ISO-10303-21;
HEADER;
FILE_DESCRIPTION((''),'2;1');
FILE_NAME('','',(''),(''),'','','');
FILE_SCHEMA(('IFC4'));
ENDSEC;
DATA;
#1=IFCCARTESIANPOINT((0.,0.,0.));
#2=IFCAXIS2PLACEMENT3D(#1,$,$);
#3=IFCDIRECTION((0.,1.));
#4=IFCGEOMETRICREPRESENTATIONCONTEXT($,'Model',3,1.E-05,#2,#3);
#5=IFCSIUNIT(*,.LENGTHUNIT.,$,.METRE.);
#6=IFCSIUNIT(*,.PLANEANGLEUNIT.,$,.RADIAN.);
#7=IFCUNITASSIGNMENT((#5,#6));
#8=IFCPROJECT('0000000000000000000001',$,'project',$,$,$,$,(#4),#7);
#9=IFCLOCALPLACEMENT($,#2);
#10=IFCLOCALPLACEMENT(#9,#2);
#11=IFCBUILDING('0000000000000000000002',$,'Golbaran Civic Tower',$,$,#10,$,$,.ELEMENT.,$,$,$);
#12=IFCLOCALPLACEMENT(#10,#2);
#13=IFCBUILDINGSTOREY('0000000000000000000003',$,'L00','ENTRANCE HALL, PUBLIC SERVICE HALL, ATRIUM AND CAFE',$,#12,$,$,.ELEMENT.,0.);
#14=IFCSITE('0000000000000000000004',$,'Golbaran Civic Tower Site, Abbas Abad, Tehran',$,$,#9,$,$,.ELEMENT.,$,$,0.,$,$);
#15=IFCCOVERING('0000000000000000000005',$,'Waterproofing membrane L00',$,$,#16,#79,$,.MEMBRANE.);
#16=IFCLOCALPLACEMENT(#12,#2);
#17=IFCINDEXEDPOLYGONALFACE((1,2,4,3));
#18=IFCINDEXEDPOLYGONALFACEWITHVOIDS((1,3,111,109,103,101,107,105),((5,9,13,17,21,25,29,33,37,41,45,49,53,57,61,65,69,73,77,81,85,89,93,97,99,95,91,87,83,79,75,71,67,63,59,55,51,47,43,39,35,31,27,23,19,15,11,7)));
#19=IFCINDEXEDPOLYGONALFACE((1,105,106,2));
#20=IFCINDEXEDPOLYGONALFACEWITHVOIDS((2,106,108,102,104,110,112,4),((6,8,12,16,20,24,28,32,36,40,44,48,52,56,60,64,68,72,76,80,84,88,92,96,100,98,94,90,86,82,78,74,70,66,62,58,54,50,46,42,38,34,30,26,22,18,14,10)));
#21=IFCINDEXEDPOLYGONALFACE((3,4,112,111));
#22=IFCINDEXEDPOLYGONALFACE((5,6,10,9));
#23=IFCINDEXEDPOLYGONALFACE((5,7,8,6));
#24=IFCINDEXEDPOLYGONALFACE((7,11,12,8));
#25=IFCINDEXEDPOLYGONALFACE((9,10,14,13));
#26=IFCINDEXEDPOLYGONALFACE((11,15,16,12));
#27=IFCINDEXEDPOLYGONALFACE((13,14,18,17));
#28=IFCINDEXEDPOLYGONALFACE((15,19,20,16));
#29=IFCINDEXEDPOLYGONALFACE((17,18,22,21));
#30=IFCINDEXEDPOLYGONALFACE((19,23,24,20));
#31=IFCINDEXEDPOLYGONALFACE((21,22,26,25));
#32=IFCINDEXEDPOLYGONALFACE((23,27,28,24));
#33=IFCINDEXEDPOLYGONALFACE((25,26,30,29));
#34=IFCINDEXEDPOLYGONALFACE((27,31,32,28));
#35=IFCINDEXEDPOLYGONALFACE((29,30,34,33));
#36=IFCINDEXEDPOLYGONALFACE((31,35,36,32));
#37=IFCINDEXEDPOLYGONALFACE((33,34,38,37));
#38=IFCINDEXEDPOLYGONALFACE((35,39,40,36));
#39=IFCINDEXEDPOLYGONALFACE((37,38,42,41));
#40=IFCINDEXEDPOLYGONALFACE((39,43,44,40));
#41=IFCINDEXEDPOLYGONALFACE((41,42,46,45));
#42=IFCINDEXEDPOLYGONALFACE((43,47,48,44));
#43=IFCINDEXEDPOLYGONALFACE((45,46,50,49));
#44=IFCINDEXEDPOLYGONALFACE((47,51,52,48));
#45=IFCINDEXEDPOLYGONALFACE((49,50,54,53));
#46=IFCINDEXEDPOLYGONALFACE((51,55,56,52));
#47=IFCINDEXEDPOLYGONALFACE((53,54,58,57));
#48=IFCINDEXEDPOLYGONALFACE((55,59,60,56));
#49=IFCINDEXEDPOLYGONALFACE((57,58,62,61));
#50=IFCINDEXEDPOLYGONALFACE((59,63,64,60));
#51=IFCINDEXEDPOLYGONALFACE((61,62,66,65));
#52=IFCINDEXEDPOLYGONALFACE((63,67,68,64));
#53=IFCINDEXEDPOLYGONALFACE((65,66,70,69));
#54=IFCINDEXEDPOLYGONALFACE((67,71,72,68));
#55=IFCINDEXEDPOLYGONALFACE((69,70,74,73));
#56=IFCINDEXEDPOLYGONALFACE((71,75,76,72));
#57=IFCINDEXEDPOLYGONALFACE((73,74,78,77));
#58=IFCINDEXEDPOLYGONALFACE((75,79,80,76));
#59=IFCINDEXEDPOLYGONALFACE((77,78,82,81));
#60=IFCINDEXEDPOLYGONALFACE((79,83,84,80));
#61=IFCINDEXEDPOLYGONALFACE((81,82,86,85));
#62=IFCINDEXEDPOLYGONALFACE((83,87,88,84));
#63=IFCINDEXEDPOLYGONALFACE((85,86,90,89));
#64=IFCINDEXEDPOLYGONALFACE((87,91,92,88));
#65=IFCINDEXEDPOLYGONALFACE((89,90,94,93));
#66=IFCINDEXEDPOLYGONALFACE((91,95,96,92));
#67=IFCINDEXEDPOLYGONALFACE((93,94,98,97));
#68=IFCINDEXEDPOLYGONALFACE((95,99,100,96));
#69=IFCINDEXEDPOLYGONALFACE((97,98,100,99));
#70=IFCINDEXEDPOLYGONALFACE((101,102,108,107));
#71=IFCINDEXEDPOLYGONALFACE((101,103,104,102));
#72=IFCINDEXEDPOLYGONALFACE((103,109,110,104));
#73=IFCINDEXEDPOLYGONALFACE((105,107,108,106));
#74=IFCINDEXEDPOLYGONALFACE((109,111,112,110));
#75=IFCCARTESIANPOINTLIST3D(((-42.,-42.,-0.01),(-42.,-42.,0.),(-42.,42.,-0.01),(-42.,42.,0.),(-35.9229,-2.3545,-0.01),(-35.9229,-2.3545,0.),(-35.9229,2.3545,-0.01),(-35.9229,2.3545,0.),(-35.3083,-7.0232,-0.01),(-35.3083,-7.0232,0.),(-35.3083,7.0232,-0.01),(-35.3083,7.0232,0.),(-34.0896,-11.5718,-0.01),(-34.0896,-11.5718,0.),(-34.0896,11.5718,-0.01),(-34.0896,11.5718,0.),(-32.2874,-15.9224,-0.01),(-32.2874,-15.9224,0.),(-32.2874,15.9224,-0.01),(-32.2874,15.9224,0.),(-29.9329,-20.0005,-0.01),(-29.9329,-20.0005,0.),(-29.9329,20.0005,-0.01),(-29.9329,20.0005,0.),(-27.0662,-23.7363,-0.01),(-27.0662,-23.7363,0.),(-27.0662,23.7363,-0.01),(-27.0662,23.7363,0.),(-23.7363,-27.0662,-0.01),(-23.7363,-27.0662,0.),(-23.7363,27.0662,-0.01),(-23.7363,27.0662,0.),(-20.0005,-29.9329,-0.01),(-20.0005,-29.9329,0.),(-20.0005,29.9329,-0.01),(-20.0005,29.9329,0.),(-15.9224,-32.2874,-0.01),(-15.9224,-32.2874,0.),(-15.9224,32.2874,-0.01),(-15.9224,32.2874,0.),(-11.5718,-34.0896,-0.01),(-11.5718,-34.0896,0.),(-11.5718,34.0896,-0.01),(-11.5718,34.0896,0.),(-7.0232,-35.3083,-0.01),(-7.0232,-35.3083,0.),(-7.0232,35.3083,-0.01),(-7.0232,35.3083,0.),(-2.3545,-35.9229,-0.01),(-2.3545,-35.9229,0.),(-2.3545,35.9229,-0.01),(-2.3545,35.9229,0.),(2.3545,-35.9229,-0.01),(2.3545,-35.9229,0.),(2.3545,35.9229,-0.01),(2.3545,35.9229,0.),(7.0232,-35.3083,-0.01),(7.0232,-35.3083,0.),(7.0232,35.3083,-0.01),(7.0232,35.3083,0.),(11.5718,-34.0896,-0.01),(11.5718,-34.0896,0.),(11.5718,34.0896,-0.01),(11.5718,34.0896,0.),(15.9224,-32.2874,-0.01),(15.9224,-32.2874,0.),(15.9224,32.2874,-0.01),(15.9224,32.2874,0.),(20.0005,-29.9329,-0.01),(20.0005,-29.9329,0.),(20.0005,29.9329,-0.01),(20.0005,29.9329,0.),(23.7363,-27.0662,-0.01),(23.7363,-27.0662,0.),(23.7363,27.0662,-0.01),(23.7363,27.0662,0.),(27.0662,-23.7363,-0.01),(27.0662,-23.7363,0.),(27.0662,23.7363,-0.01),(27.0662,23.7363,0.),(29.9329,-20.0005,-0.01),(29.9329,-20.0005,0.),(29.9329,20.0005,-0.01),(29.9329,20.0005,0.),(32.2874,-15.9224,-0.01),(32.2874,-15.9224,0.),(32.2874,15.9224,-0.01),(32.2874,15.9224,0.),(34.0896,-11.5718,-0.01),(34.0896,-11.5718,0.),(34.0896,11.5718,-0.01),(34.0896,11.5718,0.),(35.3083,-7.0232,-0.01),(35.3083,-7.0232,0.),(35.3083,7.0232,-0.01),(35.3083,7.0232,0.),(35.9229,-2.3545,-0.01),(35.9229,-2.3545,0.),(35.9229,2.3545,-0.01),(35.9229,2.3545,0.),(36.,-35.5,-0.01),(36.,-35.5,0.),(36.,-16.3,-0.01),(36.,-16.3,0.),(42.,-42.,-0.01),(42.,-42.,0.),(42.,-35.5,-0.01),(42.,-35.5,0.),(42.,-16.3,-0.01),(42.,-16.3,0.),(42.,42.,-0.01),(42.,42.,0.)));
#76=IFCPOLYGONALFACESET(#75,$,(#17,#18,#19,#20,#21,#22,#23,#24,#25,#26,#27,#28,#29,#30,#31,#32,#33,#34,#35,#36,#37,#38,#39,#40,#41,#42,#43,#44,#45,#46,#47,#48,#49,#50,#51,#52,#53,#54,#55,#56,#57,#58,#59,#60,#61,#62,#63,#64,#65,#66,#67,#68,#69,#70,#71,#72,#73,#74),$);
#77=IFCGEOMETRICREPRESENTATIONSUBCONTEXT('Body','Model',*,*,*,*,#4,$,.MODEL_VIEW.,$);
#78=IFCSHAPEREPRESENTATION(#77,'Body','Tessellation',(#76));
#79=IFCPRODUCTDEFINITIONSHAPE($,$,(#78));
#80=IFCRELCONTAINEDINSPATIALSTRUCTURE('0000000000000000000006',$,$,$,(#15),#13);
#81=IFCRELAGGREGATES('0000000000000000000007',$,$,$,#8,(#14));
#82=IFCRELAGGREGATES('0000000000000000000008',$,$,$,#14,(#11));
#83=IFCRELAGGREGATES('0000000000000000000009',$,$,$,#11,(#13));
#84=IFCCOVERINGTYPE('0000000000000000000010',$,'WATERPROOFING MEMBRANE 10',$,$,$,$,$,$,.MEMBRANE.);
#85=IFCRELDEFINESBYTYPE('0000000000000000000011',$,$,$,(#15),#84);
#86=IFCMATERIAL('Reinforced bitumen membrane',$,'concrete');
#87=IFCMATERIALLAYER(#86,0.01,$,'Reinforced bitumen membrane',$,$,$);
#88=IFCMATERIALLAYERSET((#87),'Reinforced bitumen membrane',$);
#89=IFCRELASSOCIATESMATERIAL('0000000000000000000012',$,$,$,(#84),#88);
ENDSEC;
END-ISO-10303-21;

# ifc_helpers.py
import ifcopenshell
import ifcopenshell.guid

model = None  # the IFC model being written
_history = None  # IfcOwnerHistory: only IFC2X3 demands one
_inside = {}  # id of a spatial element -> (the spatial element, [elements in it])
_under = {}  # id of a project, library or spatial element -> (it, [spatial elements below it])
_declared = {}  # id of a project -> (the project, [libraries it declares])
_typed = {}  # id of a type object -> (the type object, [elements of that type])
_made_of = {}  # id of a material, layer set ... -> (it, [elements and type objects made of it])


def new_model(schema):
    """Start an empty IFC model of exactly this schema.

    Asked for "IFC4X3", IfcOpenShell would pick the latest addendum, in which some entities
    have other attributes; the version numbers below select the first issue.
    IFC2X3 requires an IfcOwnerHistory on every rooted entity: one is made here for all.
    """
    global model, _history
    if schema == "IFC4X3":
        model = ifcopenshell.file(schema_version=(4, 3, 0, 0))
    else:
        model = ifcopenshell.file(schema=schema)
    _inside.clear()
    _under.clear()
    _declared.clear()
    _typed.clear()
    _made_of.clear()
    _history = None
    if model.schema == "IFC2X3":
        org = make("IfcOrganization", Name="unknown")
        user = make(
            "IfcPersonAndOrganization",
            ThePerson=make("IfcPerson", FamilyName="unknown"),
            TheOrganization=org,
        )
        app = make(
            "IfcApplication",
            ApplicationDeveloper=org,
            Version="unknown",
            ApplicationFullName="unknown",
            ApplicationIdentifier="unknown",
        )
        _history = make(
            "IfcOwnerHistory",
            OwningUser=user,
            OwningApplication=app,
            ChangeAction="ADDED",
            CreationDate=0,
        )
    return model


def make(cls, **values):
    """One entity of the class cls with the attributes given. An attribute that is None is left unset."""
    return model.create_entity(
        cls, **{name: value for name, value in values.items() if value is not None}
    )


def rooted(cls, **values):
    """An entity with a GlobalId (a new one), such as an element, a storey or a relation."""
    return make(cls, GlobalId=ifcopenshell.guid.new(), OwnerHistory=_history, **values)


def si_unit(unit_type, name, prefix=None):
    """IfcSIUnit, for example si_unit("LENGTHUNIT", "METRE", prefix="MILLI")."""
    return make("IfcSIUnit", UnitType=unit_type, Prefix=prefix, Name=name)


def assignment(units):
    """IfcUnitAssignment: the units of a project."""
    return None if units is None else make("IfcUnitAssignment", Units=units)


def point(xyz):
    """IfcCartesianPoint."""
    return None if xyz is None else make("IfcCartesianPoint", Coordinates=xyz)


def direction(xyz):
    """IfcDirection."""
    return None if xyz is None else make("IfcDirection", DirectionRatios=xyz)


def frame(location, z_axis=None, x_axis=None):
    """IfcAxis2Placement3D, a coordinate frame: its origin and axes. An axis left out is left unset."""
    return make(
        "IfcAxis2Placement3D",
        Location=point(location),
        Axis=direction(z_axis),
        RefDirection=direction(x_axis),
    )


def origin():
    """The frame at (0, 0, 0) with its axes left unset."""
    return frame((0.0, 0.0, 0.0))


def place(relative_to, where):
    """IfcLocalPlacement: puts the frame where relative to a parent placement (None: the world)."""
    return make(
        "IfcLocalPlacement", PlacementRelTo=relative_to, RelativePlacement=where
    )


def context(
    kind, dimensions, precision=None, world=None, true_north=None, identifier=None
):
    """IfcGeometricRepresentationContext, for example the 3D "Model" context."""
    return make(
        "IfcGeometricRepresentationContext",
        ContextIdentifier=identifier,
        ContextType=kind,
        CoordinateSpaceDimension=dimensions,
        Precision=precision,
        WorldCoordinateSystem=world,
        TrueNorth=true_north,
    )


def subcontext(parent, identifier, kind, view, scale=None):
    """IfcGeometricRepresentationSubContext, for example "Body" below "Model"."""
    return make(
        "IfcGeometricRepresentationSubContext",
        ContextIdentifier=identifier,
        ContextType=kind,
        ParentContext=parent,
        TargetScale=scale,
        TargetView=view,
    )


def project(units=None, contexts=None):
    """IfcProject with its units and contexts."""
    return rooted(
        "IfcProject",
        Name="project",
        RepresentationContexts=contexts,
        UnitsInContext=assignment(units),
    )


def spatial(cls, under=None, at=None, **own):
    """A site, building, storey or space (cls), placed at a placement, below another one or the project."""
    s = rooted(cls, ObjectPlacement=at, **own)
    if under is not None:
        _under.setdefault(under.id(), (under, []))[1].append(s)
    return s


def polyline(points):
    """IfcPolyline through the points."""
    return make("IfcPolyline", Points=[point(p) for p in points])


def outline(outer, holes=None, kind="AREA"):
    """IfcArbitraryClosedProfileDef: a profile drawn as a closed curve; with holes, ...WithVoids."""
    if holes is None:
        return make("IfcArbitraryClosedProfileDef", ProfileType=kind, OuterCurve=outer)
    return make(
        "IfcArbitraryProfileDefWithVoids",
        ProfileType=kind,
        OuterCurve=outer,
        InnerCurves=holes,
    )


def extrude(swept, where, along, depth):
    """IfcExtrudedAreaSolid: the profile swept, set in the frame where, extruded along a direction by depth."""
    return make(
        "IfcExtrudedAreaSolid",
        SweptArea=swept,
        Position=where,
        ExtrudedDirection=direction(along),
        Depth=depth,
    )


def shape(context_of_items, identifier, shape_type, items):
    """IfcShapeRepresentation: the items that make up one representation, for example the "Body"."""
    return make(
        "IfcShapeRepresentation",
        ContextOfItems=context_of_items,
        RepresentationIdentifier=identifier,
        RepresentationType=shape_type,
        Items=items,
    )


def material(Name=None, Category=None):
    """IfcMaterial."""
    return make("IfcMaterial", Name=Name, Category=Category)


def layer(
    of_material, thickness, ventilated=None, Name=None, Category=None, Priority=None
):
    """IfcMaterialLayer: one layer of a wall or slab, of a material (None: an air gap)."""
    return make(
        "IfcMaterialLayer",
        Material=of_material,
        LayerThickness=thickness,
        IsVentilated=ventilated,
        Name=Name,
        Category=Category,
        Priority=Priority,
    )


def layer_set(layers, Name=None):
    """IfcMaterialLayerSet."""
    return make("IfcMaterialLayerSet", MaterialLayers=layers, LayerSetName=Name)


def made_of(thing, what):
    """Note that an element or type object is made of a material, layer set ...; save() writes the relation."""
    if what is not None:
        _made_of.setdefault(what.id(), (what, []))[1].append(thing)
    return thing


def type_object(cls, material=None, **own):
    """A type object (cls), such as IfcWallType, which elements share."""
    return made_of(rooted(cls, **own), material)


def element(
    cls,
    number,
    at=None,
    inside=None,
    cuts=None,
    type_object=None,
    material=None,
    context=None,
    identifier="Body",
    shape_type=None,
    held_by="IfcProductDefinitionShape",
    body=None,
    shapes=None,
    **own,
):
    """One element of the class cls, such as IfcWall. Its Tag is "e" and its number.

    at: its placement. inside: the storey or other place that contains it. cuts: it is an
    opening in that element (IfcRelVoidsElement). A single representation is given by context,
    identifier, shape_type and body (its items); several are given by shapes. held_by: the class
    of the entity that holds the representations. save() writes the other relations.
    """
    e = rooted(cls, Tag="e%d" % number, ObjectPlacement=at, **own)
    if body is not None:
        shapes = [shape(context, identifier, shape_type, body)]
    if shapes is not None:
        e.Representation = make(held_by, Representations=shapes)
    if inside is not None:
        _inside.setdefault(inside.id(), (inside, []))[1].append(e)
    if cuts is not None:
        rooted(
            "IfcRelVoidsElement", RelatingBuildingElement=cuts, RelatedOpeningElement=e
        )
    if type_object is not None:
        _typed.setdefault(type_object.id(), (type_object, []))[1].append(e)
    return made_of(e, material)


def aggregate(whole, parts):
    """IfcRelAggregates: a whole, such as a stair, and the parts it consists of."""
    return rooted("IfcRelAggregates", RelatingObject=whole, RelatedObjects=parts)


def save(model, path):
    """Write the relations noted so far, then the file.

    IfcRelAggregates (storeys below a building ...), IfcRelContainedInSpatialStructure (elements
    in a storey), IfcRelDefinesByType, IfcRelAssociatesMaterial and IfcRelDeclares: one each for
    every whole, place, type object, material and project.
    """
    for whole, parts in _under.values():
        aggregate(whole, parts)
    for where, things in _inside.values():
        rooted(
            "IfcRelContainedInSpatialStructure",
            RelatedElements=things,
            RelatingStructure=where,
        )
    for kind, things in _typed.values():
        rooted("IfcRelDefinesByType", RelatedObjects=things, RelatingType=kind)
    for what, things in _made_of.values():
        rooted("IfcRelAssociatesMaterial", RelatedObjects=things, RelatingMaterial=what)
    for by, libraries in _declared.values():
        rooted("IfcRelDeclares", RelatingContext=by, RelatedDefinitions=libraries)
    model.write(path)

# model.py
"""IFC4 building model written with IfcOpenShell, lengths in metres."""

from ifc_helpers import new_model, si_unit, direction, frame, origin, place, context, subcontext, project, spatial, polyline, outline, extrude, material, layer, layer_set, type_object, element, save


model = new_model("IFC4")

# Units and contexts
model_context = context("Model", 3, precision=1e-05, world=origin(), true_north=direction((0.0, 1.0)))
body_context = subcontext(model_context, "Body", "Model", "MODEL_VIEW")
ifc_project = project(units=[si_unit("LENGTHUNIT", "METRE"), si_unit("PLANEANGLEUNIT", "RADIAN")], contexts=[model_context])

# Site, building, storey
site_placement = place(None, origin())
site = spatial("IfcSite", under=ifc_project, at=site_placement, Name="Golbaran Civic Tower Site, Abbas Abad, Tehran", CompositionType="ELEMENT", RefElevation=0.0)
building_placement = place(site_placement, origin())
building = spatial("IfcBuilding", under=site, at=building_placement, Name="Golbaran Civic Tower", CompositionType="ELEMENT")
storey_placement = place(building_placement, origin())
storey = spatial("IfcBuildingStorey", under=building, at=storey_placement, Name="L00", Description="ENTRANCE HALL, PUBLIC SERVICE HALL, ATRIUM AND CAFE", CompositionType="ELEMENT", Elevation=0.0)

# Covering
ifc_material_1 = material(Name="Reinforced bitumen membrane", Category="concrete")
ifc_layer_1 = layer(ifc_material_1, 0.01, Name="Reinforced bitumen membrane")
ifc_layer_set_1 = layer_set([ifc_layer_1], Name="Reinforced bitumen membrane")
covering_type_1 = type_object("IfcCoveringType", Name="WATERPROOFING MEMBRANE 10", PredefinedType="MEMBRANE", material=ifc_layer_set_1)
covering_1_placement = place(storey_placement, frame((0.0, 0.0, -0.01)))
element("IfcCovering", 1, at=covering_1_placement, inside=storey, type_object=covering_type_1, Name="Waterproofing membrane L00", PredefinedType="MEMBRANE", context=body_context, shape_type="SweptSolid", body=[
    extrude(outline(polyline([(42.0, 42.0), (42.0, -16.3), (36.0, -16.3), (36.0, -35.5), (42.0, -35.5), (42.0, -42.0), (-42.0, -42.0), (-42.0, 42.0), (42.0, 42.0)]), holes=[polyline([(32.2874, 15.9224), (29.9329, 20.0005), (27.0662, 23.7363), (23.7363, 27.0662), (20.0005, 29.9329), (15.9224, 32.2874), (11.5718, 34.0896), (7.0232, 35.3083), (2.3545, 35.9229), (-2.3545, 35.9229), (-7.0232, 35.3083), (-11.5718, 34.0896), (-15.9224, 32.2874), (-20.0005, 29.9329), (-23.7363, 27.0662), (-27.0662, 23.7363), (-29.9329, 20.0005), (-32.2874, 15.9224), (-34.0896, 11.5718), (-35.3083, 7.0232), (-35.9229, 2.3545), (-35.9229, -2.3545), (-35.3083, -7.0232), (-34.0896, -11.5718), (-32.2874, -15.9224), (-29.9329, -20.0005), (-27.0662, -23.7363), (-23.7363, -27.0662), (-20.0005, -29.9329), (-15.9224, -32.2874), (-11.5718, -34.0896), (-7.0232, -35.3083), (-2.3545, -35.9229), (2.3545, -35.9229), (7.0232, -35.3083), (11.5718, -34.0896), (15.9224, -32.2874), (20.0005, -29.9329), (23.7363, -27.0662), (27.0662, -23.7363), (29.9329, -20.0005), (32.2874, -15.9224), (34.0896, -11.5718), (35.3083, -7.0232), (35.9229, -2.3545), (35.9229, 2.3545), (35.3083, 7.0232), (34.0896, 11.5718), (32.2874, 15.9224)])]), origin(), (0.0, 0.0, 1.0), 0.01),
])

save(model, "model.ifc")
